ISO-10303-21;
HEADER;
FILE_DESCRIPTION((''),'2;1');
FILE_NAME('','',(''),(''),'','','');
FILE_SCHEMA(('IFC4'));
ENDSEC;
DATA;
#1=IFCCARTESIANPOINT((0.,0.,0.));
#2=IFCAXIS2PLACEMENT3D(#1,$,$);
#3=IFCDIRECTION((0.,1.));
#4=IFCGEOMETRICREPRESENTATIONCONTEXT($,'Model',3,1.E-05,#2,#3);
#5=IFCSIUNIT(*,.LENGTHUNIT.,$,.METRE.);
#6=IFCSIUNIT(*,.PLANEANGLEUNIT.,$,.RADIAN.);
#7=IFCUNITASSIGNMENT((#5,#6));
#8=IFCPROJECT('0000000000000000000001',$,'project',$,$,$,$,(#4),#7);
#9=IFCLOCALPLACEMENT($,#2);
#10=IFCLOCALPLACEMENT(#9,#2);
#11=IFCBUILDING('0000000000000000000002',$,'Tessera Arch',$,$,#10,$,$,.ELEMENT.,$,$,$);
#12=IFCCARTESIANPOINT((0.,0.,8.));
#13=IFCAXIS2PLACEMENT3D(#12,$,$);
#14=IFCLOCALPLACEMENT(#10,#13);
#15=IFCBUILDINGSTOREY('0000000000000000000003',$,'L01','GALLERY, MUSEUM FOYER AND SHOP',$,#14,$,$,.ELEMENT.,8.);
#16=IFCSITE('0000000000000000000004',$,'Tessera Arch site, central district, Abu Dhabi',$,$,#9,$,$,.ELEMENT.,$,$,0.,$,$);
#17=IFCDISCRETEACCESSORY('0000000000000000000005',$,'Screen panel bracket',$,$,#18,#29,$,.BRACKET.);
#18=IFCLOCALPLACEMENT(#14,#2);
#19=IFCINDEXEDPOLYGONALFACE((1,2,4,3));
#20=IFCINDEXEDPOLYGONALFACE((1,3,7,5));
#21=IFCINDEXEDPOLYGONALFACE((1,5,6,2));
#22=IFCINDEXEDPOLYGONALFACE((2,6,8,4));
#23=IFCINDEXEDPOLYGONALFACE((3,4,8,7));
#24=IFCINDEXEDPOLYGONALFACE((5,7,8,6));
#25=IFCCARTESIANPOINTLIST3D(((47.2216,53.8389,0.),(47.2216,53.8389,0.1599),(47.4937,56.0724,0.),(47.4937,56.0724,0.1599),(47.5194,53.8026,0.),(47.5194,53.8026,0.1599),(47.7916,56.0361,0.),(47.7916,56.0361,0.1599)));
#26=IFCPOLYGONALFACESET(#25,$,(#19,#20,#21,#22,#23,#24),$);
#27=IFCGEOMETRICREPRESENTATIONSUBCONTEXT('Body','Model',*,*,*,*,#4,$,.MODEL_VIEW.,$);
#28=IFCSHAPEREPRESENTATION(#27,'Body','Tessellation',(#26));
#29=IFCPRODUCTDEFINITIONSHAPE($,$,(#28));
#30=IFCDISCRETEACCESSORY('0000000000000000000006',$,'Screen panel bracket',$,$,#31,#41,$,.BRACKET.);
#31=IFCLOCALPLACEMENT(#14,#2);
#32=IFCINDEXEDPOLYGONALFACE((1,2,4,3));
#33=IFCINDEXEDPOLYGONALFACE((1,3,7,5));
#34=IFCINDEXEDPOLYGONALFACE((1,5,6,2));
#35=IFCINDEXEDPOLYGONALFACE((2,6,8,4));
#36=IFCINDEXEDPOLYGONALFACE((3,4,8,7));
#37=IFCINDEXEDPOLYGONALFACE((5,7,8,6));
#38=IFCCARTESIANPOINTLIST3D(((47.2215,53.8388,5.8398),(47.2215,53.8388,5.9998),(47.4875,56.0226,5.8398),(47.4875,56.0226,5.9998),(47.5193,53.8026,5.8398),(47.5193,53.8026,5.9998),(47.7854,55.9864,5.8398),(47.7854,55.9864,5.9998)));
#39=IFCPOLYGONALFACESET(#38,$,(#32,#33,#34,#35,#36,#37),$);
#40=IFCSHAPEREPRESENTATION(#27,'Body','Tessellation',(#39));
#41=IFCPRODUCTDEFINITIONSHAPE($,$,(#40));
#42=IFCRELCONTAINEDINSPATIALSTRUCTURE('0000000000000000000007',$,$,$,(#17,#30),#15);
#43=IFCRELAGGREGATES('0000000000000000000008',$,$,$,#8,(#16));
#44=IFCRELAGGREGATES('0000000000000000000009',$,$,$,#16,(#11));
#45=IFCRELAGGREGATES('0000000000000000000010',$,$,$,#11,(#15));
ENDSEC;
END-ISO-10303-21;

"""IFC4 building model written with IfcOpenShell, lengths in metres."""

from ifc_helpers import new_model, si_unit, direction, frame, origin, origin_2d, place, context, subcontext, project, spatial, rectangle, extrude, element, save


model = new_model("IFC4")

# Units and contexts
model_context = context("Model", 3, precision=1e-05, world=origin(), true_north=direction((0.0, 1.0)))
body_context = subcontext(model_context, "Body", "Model", "MODEL_VIEW")
ifc_project = project(units=[si_unit("LENGTHUNIT", "METRE"), si_unit("PLANEANGLEUNIT", "RADIAN")], contexts=[model_context])

# Site, building, storey
site_placement = place(None, origin())
site = spatial("IfcSite", under=ifc_project, at=site_placement, Name="Tessera Arch site, central district, Abu Dhabi", CompositionType="ELEMENT", RefElevation=0.0)
building_placement = place(site_placement, origin())
building = spatial("IfcBuilding", under=site, at=building_placement, Name="Tessera Arch", CompositionType="ELEMENT")
storey_placement = place(building_placement, frame((0.0, 0.0, 8.0)))
storey = spatial("IfcBuildingStorey", under=building, at=storey_placement, Name="L01", Description="GALLERY, MUSEUM FOYER AND SHOP", CompositionType="ELEMENT", Elevation=8.0)

# Discrete accessories
discrete_accessory_1_placement = place(storey_placement, frame((47.5066, 54.9375, 0.0), z_axis=(0.0, 0.0, 1.0), x_axis=(0.120951, 0.992658, 0.0)))
element("IfcDiscreteAccessory", 1, at=discrete_accessory_1_placement, inside=storey, Name="Screen panel bracket", PredefinedType="BRACKET", context=body_context, shape_type="SweptSolid", body=[
    extrude(rectangle(XDim=2.25, YDim=0.3, at=origin_2d()), origin(), (0.0, 0.0, 1.0), 0.1599),
])
discrete_accessory_2_placement = place(storey_placement, frame((47.5034, 54.9126, 5.8398), z_axis=(0.0, 0.0, 1.0), x_axis=(0.120951, 0.992658, 0.0)))
element("IfcDiscreteAccessory", 2, at=discrete_accessory_2_placement, inside=storey, Name="Screen panel bracket", PredefinedType="BRACKET", context=body_context, shape_type="SweptSolid", body=[
    extrude(rectangle(XDim=2.2, YDim=0.3, at=origin_2d()), origin(), (0.0, 0.0, 1.0), 0.1599),
])

save(model, "model.ifc")
